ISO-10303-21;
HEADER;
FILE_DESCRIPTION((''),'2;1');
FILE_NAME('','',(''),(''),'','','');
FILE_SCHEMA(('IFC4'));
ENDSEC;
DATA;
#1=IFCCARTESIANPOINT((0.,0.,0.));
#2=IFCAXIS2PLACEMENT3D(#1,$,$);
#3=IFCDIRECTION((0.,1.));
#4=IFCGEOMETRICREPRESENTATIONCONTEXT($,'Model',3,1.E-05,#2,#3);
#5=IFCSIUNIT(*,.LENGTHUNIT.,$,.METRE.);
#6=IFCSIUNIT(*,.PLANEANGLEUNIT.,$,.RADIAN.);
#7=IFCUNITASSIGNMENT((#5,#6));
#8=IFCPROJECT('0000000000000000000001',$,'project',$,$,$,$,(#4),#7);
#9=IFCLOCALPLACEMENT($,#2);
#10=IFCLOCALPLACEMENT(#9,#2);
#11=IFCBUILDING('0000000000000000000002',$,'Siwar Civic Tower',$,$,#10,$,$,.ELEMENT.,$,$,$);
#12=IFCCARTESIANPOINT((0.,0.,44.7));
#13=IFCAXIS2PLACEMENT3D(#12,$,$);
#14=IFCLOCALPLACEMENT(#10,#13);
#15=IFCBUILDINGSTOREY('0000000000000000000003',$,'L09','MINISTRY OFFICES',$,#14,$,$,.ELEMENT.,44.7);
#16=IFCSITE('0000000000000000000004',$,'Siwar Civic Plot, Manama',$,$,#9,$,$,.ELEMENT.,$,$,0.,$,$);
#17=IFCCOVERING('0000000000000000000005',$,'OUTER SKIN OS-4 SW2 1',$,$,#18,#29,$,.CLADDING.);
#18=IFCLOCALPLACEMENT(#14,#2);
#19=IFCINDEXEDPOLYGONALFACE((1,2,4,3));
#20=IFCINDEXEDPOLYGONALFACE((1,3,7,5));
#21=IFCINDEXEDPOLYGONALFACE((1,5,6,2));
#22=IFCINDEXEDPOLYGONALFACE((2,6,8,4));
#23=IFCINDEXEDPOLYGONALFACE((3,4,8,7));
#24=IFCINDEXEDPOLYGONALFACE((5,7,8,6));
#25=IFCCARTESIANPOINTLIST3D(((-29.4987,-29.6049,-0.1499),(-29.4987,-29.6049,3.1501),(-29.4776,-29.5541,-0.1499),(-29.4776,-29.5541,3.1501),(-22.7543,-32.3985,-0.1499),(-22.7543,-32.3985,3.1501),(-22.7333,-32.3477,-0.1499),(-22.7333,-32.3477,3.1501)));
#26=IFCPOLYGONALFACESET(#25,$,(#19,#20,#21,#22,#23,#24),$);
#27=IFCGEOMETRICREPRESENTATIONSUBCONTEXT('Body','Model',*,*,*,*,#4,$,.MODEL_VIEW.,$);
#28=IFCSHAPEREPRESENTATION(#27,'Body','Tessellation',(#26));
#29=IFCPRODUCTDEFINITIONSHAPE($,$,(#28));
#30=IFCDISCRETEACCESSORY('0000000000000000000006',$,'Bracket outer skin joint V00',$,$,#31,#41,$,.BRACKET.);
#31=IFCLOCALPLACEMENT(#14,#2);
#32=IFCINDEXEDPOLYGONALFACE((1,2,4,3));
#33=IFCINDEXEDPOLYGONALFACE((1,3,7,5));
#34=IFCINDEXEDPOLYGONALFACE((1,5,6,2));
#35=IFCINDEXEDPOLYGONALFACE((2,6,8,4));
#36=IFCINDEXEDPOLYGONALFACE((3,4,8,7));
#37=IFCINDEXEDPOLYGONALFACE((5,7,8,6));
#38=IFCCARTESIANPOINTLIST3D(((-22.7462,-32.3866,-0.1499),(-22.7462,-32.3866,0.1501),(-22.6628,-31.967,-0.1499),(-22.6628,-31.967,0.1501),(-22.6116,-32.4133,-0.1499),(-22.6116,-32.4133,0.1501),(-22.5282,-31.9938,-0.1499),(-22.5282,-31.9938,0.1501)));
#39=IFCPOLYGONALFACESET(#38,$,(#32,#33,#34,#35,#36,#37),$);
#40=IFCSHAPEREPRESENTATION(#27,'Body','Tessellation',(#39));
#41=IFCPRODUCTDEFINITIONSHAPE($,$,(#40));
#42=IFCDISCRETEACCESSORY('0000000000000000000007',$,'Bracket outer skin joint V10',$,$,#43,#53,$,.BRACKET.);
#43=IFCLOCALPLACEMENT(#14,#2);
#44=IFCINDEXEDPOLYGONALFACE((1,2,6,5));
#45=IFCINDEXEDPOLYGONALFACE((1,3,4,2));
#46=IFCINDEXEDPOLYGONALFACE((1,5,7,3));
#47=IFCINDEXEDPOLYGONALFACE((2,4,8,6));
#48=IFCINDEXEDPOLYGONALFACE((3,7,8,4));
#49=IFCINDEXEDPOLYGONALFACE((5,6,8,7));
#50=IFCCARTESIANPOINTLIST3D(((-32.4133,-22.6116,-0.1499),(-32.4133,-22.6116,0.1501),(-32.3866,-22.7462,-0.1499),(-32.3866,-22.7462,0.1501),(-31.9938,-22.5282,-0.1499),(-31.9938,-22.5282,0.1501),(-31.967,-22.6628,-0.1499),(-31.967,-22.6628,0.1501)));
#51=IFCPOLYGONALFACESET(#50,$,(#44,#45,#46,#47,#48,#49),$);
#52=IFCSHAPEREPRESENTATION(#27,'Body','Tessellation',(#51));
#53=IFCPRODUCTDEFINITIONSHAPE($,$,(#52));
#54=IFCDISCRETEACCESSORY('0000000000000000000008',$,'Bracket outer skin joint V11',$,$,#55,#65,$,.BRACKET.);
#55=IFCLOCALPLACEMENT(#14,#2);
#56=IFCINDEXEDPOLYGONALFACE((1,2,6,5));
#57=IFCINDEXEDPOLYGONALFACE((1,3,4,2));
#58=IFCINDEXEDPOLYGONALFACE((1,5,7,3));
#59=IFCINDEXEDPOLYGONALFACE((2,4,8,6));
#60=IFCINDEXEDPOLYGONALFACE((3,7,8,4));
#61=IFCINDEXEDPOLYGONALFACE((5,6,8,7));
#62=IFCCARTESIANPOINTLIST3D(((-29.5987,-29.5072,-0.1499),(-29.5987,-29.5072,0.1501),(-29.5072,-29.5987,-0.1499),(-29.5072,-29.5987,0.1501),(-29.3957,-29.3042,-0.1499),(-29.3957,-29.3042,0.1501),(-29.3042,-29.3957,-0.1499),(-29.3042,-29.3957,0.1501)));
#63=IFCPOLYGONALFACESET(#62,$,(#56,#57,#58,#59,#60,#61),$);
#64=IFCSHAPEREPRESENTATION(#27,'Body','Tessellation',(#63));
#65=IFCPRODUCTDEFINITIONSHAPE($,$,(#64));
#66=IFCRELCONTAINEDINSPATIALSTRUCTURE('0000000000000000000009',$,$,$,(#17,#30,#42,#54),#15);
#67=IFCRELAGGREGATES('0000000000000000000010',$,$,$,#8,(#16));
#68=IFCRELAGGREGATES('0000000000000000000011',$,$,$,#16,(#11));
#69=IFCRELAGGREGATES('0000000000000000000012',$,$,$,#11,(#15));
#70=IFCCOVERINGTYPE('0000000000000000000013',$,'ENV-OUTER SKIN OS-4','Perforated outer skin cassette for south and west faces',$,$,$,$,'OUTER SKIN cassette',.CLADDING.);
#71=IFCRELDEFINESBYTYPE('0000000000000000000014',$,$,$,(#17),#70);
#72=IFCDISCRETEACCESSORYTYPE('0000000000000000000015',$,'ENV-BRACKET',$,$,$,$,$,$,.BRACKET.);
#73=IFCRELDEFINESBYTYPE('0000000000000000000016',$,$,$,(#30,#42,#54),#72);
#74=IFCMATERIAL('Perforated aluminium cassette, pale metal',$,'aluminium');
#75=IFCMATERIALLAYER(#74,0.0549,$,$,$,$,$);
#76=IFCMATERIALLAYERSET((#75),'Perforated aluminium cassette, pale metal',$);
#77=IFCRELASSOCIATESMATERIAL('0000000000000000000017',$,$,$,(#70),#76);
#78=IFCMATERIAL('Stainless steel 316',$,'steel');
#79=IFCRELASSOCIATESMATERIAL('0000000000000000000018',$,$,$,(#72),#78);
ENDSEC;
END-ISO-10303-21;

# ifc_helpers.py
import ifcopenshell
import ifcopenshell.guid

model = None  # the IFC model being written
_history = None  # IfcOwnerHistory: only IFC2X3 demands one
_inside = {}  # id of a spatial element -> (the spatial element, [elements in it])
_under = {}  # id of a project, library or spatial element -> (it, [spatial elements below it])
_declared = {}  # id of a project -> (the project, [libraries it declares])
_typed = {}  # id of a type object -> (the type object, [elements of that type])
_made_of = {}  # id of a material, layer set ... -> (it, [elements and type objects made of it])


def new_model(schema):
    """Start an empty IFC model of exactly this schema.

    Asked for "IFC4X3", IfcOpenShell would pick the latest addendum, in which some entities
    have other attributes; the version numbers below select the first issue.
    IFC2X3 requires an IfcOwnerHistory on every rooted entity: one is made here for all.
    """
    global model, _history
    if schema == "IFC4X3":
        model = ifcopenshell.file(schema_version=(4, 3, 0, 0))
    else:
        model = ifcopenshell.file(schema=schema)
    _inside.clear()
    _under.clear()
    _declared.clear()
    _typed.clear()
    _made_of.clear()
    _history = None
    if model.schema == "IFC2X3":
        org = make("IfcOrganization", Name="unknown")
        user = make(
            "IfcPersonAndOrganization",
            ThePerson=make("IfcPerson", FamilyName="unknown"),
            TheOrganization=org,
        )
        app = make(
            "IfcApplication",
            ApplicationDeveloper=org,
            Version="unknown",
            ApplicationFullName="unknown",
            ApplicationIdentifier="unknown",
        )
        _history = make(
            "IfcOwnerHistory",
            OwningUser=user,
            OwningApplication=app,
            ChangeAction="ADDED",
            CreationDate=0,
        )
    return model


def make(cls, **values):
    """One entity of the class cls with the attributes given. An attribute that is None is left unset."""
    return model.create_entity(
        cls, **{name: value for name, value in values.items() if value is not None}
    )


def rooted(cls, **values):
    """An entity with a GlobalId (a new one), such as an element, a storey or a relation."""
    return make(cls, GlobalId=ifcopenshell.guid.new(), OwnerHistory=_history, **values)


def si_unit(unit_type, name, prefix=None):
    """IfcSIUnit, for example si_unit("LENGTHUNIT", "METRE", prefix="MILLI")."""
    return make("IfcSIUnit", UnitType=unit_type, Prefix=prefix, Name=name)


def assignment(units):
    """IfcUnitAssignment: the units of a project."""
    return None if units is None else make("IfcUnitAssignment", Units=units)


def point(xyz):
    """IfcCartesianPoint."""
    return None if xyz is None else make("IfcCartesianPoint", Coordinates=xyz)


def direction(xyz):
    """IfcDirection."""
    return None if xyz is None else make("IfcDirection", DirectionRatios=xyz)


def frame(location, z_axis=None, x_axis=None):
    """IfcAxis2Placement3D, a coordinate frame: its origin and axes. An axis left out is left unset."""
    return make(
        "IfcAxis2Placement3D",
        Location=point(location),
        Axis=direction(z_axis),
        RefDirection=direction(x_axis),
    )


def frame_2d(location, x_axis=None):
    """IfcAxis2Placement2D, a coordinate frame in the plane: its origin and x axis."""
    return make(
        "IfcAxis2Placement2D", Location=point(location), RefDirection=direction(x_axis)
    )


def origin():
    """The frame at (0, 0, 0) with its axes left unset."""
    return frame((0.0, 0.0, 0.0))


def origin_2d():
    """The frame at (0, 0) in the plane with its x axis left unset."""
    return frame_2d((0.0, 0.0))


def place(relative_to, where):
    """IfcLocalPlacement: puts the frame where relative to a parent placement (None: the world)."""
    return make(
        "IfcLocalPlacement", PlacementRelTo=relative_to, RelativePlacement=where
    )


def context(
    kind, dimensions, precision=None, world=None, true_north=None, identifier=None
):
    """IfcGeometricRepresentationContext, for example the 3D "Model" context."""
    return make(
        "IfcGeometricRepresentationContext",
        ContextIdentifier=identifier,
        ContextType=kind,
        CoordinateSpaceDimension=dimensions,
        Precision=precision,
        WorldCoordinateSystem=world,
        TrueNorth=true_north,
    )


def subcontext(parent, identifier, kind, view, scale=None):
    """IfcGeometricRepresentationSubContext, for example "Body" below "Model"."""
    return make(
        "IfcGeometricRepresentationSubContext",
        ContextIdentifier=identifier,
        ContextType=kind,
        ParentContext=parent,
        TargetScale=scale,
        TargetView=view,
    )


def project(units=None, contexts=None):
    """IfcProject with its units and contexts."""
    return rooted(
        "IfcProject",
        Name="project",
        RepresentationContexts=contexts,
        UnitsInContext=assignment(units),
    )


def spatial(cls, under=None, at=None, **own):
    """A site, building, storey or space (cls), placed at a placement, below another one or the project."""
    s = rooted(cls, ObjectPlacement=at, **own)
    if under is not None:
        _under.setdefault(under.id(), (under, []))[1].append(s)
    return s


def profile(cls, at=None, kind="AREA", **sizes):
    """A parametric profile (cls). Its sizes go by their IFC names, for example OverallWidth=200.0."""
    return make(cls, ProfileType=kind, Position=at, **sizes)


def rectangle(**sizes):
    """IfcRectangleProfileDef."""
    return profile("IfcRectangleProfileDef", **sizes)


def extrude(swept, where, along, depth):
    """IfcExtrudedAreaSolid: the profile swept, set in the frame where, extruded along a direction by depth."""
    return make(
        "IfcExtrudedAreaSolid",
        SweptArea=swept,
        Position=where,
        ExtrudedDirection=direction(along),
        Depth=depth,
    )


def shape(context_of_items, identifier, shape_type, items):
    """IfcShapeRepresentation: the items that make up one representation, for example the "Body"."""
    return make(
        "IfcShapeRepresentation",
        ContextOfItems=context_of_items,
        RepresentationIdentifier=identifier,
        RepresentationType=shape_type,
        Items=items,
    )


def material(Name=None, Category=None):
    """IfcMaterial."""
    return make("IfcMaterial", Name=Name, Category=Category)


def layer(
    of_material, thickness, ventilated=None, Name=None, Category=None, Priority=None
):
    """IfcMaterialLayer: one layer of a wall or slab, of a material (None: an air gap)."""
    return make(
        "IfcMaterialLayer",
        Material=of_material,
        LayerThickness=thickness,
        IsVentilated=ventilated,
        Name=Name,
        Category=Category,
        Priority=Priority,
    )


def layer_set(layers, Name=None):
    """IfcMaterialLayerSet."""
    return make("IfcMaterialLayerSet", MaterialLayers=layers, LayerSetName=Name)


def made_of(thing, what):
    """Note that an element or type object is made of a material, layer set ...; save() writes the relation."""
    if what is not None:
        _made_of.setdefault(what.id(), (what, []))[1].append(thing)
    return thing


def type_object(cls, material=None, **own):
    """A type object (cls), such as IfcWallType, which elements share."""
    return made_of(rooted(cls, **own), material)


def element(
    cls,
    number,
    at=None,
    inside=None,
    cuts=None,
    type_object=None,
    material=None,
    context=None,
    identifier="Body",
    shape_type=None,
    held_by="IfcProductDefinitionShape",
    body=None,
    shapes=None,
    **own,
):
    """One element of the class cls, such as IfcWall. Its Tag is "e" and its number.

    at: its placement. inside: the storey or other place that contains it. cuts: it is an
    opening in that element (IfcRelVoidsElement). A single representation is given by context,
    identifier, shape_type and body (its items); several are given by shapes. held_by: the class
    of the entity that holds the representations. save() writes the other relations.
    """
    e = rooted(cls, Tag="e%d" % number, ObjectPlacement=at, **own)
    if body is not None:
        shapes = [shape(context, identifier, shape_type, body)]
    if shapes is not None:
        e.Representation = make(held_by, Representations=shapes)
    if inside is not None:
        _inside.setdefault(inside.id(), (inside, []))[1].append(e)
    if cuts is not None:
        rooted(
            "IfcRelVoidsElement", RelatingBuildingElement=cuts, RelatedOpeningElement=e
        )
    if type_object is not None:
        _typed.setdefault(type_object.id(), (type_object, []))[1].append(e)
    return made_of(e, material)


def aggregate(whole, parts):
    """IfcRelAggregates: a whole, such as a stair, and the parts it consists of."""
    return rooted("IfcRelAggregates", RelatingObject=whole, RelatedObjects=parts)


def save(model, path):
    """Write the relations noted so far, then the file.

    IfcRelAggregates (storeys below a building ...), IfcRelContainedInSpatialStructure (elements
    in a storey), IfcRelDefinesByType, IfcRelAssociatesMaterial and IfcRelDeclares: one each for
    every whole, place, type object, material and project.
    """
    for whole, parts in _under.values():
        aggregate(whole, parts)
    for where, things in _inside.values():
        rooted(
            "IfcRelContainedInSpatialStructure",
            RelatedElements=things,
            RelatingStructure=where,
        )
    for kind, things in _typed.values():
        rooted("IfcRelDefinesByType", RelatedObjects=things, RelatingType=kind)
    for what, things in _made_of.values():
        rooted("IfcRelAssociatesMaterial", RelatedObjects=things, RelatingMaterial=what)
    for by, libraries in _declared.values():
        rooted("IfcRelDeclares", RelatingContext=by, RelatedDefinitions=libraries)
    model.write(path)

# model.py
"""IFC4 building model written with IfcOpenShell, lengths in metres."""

from ifc_helpers import new_model, si_unit, direction, frame, origin, origin_2d, place, context, subcontext, project, spatial, rectangle, extrude, material, layer, layer_set, type_object, element, save


model = new_model("IFC4")

# Units and contexts
model_context = context("Model", 3, precision=1e-05, world=origin(), true_north=direction((0.0, 1.0)))
body_context = subcontext(model_context, "Body", "Model", "MODEL_VIEW")
ifc_project = project(units=[si_unit("LENGTHUNIT", "METRE"), si_unit("PLANEANGLEUNIT", "RADIAN")], contexts=[model_context])

# Site, building, storey
site_placement = place(None, origin())
site = spatial("IfcSite", under=ifc_project, at=site_placement, Name="Siwar Civic Plot, Manama", CompositionType="ELEMENT", RefElevation=0.0)
building_placement = place(site_placement, origin())
building = spatial("IfcBuilding", under=site, at=building_placement, Name="Siwar Civic Tower", CompositionType="ELEMENT")
storey_placement = place(building_placement, frame((0.0, 0.0, 44.7)))
storey = spatial("IfcBuildingStorey", under=building, at=storey_placement, Name="L09", Description="MINISTRY OFFICES", CompositionType="ELEMENT", Elevation=44.7)

# Covering
ifc_material_1 = material(Name="Perforated aluminium cassette, pale metal", Category="aluminium")
ifc_layer_1 = layer(ifc_material_1, 0.0549)
ifc_layer_set_1 = layer_set([ifc_layer_1], Name="Perforated aluminium cassette, pale metal")
covering_type = type_object("IfcCoveringType", Name="ENV-OUTER SKIN OS-4", Description="Perforated outer skin cassette for south and west faces", ElementType="OUTER SKIN cassette", PredefinedType="CLADDING", material=ifc_layer_set_1)
for number, where, z_axis, x_axis, name in (
    (1, (-26.116, -30.9763, -0.1499), (0.0, 0.0, 1.0), (0.92388, -0.382683, 0.0), "OUTER SKIN OS-4 SW2 1"),
):
    element("IfcCovering", number, at=place(storey_placement, frame(where, z_axis=z_axis, x_axis=x_axis)), inside=storey, type_object=covering_type, Name=name, PredefinedType="CLADDING", context=body_context, shape_type="SweptSolid", body=[
        extrude(rectangle(XDim=7.3, YDim=0.0549, at=origin_2d()), origin(), (0.0, 0.0, 1.0), 3.3),
    ])

# Discrete accessories
ifc_material_2 = material(Name="Stainless steel 316", Category="steel")
discrete_accessory_type = type_object("IfcDiscreteAccessoryType", Name="ENV-BRACKET", PredefinedType="BRACKET", material=ifc_material_2)
for number, where, z_axis, x_axis, name in (
    (2, (-22.6372, -32.1902, -0.1499), (0.0, 0.0, 1.0), (-0.19509, -0.980785, 0.0), "Bracket outer skin joint V00"),
    (3, (-32.1902, -22.6372, -0.1499), (0.0, 0.0, 1.0), (-0.980785, -0.19509, 0.0), "Bracket outer skin joint V10"),
):
    element("IfcDiscreteAccessory", number, at=place(storey_placement, frame(where, z_axis=z_axis, x_axis=x_axis)), inside=storey, type_object=discrete_accessory_type, Name=name, PredefinedType="BRACKET", context=body_context, shape_type="SweptSolid", body=[
        extrude(rectangle(XDim=0.4277, YDim=0.1372, at=origin_2d()), origin(), (0.0, 0.0, 1.0), 0.3),
    ])
discrete_accessory_placement = place(storey_placement, frame((-29.4514, -29.4514, -0.1499), z_axis=(0.0, 0.0, 1.0), x_axis=(-0.707107, -0.707107, 0.0)))
element("IfcDiscreteAccessory", 4, at=discrete_accessory_placement, inside=storey, type_object=discrete_accessory_type, Name="Bracket outer skin joint V11", PredefinedType="BRACKET", context=body_context, shape_type="SweptSolid", body=[
    extrude(rectangle(XDim=0.2871, YDim=0.1294, at=origin_2d()), origin(), (0.0, 0.0, 1.0), 0.3),
])

save(model, "model.ifc")
